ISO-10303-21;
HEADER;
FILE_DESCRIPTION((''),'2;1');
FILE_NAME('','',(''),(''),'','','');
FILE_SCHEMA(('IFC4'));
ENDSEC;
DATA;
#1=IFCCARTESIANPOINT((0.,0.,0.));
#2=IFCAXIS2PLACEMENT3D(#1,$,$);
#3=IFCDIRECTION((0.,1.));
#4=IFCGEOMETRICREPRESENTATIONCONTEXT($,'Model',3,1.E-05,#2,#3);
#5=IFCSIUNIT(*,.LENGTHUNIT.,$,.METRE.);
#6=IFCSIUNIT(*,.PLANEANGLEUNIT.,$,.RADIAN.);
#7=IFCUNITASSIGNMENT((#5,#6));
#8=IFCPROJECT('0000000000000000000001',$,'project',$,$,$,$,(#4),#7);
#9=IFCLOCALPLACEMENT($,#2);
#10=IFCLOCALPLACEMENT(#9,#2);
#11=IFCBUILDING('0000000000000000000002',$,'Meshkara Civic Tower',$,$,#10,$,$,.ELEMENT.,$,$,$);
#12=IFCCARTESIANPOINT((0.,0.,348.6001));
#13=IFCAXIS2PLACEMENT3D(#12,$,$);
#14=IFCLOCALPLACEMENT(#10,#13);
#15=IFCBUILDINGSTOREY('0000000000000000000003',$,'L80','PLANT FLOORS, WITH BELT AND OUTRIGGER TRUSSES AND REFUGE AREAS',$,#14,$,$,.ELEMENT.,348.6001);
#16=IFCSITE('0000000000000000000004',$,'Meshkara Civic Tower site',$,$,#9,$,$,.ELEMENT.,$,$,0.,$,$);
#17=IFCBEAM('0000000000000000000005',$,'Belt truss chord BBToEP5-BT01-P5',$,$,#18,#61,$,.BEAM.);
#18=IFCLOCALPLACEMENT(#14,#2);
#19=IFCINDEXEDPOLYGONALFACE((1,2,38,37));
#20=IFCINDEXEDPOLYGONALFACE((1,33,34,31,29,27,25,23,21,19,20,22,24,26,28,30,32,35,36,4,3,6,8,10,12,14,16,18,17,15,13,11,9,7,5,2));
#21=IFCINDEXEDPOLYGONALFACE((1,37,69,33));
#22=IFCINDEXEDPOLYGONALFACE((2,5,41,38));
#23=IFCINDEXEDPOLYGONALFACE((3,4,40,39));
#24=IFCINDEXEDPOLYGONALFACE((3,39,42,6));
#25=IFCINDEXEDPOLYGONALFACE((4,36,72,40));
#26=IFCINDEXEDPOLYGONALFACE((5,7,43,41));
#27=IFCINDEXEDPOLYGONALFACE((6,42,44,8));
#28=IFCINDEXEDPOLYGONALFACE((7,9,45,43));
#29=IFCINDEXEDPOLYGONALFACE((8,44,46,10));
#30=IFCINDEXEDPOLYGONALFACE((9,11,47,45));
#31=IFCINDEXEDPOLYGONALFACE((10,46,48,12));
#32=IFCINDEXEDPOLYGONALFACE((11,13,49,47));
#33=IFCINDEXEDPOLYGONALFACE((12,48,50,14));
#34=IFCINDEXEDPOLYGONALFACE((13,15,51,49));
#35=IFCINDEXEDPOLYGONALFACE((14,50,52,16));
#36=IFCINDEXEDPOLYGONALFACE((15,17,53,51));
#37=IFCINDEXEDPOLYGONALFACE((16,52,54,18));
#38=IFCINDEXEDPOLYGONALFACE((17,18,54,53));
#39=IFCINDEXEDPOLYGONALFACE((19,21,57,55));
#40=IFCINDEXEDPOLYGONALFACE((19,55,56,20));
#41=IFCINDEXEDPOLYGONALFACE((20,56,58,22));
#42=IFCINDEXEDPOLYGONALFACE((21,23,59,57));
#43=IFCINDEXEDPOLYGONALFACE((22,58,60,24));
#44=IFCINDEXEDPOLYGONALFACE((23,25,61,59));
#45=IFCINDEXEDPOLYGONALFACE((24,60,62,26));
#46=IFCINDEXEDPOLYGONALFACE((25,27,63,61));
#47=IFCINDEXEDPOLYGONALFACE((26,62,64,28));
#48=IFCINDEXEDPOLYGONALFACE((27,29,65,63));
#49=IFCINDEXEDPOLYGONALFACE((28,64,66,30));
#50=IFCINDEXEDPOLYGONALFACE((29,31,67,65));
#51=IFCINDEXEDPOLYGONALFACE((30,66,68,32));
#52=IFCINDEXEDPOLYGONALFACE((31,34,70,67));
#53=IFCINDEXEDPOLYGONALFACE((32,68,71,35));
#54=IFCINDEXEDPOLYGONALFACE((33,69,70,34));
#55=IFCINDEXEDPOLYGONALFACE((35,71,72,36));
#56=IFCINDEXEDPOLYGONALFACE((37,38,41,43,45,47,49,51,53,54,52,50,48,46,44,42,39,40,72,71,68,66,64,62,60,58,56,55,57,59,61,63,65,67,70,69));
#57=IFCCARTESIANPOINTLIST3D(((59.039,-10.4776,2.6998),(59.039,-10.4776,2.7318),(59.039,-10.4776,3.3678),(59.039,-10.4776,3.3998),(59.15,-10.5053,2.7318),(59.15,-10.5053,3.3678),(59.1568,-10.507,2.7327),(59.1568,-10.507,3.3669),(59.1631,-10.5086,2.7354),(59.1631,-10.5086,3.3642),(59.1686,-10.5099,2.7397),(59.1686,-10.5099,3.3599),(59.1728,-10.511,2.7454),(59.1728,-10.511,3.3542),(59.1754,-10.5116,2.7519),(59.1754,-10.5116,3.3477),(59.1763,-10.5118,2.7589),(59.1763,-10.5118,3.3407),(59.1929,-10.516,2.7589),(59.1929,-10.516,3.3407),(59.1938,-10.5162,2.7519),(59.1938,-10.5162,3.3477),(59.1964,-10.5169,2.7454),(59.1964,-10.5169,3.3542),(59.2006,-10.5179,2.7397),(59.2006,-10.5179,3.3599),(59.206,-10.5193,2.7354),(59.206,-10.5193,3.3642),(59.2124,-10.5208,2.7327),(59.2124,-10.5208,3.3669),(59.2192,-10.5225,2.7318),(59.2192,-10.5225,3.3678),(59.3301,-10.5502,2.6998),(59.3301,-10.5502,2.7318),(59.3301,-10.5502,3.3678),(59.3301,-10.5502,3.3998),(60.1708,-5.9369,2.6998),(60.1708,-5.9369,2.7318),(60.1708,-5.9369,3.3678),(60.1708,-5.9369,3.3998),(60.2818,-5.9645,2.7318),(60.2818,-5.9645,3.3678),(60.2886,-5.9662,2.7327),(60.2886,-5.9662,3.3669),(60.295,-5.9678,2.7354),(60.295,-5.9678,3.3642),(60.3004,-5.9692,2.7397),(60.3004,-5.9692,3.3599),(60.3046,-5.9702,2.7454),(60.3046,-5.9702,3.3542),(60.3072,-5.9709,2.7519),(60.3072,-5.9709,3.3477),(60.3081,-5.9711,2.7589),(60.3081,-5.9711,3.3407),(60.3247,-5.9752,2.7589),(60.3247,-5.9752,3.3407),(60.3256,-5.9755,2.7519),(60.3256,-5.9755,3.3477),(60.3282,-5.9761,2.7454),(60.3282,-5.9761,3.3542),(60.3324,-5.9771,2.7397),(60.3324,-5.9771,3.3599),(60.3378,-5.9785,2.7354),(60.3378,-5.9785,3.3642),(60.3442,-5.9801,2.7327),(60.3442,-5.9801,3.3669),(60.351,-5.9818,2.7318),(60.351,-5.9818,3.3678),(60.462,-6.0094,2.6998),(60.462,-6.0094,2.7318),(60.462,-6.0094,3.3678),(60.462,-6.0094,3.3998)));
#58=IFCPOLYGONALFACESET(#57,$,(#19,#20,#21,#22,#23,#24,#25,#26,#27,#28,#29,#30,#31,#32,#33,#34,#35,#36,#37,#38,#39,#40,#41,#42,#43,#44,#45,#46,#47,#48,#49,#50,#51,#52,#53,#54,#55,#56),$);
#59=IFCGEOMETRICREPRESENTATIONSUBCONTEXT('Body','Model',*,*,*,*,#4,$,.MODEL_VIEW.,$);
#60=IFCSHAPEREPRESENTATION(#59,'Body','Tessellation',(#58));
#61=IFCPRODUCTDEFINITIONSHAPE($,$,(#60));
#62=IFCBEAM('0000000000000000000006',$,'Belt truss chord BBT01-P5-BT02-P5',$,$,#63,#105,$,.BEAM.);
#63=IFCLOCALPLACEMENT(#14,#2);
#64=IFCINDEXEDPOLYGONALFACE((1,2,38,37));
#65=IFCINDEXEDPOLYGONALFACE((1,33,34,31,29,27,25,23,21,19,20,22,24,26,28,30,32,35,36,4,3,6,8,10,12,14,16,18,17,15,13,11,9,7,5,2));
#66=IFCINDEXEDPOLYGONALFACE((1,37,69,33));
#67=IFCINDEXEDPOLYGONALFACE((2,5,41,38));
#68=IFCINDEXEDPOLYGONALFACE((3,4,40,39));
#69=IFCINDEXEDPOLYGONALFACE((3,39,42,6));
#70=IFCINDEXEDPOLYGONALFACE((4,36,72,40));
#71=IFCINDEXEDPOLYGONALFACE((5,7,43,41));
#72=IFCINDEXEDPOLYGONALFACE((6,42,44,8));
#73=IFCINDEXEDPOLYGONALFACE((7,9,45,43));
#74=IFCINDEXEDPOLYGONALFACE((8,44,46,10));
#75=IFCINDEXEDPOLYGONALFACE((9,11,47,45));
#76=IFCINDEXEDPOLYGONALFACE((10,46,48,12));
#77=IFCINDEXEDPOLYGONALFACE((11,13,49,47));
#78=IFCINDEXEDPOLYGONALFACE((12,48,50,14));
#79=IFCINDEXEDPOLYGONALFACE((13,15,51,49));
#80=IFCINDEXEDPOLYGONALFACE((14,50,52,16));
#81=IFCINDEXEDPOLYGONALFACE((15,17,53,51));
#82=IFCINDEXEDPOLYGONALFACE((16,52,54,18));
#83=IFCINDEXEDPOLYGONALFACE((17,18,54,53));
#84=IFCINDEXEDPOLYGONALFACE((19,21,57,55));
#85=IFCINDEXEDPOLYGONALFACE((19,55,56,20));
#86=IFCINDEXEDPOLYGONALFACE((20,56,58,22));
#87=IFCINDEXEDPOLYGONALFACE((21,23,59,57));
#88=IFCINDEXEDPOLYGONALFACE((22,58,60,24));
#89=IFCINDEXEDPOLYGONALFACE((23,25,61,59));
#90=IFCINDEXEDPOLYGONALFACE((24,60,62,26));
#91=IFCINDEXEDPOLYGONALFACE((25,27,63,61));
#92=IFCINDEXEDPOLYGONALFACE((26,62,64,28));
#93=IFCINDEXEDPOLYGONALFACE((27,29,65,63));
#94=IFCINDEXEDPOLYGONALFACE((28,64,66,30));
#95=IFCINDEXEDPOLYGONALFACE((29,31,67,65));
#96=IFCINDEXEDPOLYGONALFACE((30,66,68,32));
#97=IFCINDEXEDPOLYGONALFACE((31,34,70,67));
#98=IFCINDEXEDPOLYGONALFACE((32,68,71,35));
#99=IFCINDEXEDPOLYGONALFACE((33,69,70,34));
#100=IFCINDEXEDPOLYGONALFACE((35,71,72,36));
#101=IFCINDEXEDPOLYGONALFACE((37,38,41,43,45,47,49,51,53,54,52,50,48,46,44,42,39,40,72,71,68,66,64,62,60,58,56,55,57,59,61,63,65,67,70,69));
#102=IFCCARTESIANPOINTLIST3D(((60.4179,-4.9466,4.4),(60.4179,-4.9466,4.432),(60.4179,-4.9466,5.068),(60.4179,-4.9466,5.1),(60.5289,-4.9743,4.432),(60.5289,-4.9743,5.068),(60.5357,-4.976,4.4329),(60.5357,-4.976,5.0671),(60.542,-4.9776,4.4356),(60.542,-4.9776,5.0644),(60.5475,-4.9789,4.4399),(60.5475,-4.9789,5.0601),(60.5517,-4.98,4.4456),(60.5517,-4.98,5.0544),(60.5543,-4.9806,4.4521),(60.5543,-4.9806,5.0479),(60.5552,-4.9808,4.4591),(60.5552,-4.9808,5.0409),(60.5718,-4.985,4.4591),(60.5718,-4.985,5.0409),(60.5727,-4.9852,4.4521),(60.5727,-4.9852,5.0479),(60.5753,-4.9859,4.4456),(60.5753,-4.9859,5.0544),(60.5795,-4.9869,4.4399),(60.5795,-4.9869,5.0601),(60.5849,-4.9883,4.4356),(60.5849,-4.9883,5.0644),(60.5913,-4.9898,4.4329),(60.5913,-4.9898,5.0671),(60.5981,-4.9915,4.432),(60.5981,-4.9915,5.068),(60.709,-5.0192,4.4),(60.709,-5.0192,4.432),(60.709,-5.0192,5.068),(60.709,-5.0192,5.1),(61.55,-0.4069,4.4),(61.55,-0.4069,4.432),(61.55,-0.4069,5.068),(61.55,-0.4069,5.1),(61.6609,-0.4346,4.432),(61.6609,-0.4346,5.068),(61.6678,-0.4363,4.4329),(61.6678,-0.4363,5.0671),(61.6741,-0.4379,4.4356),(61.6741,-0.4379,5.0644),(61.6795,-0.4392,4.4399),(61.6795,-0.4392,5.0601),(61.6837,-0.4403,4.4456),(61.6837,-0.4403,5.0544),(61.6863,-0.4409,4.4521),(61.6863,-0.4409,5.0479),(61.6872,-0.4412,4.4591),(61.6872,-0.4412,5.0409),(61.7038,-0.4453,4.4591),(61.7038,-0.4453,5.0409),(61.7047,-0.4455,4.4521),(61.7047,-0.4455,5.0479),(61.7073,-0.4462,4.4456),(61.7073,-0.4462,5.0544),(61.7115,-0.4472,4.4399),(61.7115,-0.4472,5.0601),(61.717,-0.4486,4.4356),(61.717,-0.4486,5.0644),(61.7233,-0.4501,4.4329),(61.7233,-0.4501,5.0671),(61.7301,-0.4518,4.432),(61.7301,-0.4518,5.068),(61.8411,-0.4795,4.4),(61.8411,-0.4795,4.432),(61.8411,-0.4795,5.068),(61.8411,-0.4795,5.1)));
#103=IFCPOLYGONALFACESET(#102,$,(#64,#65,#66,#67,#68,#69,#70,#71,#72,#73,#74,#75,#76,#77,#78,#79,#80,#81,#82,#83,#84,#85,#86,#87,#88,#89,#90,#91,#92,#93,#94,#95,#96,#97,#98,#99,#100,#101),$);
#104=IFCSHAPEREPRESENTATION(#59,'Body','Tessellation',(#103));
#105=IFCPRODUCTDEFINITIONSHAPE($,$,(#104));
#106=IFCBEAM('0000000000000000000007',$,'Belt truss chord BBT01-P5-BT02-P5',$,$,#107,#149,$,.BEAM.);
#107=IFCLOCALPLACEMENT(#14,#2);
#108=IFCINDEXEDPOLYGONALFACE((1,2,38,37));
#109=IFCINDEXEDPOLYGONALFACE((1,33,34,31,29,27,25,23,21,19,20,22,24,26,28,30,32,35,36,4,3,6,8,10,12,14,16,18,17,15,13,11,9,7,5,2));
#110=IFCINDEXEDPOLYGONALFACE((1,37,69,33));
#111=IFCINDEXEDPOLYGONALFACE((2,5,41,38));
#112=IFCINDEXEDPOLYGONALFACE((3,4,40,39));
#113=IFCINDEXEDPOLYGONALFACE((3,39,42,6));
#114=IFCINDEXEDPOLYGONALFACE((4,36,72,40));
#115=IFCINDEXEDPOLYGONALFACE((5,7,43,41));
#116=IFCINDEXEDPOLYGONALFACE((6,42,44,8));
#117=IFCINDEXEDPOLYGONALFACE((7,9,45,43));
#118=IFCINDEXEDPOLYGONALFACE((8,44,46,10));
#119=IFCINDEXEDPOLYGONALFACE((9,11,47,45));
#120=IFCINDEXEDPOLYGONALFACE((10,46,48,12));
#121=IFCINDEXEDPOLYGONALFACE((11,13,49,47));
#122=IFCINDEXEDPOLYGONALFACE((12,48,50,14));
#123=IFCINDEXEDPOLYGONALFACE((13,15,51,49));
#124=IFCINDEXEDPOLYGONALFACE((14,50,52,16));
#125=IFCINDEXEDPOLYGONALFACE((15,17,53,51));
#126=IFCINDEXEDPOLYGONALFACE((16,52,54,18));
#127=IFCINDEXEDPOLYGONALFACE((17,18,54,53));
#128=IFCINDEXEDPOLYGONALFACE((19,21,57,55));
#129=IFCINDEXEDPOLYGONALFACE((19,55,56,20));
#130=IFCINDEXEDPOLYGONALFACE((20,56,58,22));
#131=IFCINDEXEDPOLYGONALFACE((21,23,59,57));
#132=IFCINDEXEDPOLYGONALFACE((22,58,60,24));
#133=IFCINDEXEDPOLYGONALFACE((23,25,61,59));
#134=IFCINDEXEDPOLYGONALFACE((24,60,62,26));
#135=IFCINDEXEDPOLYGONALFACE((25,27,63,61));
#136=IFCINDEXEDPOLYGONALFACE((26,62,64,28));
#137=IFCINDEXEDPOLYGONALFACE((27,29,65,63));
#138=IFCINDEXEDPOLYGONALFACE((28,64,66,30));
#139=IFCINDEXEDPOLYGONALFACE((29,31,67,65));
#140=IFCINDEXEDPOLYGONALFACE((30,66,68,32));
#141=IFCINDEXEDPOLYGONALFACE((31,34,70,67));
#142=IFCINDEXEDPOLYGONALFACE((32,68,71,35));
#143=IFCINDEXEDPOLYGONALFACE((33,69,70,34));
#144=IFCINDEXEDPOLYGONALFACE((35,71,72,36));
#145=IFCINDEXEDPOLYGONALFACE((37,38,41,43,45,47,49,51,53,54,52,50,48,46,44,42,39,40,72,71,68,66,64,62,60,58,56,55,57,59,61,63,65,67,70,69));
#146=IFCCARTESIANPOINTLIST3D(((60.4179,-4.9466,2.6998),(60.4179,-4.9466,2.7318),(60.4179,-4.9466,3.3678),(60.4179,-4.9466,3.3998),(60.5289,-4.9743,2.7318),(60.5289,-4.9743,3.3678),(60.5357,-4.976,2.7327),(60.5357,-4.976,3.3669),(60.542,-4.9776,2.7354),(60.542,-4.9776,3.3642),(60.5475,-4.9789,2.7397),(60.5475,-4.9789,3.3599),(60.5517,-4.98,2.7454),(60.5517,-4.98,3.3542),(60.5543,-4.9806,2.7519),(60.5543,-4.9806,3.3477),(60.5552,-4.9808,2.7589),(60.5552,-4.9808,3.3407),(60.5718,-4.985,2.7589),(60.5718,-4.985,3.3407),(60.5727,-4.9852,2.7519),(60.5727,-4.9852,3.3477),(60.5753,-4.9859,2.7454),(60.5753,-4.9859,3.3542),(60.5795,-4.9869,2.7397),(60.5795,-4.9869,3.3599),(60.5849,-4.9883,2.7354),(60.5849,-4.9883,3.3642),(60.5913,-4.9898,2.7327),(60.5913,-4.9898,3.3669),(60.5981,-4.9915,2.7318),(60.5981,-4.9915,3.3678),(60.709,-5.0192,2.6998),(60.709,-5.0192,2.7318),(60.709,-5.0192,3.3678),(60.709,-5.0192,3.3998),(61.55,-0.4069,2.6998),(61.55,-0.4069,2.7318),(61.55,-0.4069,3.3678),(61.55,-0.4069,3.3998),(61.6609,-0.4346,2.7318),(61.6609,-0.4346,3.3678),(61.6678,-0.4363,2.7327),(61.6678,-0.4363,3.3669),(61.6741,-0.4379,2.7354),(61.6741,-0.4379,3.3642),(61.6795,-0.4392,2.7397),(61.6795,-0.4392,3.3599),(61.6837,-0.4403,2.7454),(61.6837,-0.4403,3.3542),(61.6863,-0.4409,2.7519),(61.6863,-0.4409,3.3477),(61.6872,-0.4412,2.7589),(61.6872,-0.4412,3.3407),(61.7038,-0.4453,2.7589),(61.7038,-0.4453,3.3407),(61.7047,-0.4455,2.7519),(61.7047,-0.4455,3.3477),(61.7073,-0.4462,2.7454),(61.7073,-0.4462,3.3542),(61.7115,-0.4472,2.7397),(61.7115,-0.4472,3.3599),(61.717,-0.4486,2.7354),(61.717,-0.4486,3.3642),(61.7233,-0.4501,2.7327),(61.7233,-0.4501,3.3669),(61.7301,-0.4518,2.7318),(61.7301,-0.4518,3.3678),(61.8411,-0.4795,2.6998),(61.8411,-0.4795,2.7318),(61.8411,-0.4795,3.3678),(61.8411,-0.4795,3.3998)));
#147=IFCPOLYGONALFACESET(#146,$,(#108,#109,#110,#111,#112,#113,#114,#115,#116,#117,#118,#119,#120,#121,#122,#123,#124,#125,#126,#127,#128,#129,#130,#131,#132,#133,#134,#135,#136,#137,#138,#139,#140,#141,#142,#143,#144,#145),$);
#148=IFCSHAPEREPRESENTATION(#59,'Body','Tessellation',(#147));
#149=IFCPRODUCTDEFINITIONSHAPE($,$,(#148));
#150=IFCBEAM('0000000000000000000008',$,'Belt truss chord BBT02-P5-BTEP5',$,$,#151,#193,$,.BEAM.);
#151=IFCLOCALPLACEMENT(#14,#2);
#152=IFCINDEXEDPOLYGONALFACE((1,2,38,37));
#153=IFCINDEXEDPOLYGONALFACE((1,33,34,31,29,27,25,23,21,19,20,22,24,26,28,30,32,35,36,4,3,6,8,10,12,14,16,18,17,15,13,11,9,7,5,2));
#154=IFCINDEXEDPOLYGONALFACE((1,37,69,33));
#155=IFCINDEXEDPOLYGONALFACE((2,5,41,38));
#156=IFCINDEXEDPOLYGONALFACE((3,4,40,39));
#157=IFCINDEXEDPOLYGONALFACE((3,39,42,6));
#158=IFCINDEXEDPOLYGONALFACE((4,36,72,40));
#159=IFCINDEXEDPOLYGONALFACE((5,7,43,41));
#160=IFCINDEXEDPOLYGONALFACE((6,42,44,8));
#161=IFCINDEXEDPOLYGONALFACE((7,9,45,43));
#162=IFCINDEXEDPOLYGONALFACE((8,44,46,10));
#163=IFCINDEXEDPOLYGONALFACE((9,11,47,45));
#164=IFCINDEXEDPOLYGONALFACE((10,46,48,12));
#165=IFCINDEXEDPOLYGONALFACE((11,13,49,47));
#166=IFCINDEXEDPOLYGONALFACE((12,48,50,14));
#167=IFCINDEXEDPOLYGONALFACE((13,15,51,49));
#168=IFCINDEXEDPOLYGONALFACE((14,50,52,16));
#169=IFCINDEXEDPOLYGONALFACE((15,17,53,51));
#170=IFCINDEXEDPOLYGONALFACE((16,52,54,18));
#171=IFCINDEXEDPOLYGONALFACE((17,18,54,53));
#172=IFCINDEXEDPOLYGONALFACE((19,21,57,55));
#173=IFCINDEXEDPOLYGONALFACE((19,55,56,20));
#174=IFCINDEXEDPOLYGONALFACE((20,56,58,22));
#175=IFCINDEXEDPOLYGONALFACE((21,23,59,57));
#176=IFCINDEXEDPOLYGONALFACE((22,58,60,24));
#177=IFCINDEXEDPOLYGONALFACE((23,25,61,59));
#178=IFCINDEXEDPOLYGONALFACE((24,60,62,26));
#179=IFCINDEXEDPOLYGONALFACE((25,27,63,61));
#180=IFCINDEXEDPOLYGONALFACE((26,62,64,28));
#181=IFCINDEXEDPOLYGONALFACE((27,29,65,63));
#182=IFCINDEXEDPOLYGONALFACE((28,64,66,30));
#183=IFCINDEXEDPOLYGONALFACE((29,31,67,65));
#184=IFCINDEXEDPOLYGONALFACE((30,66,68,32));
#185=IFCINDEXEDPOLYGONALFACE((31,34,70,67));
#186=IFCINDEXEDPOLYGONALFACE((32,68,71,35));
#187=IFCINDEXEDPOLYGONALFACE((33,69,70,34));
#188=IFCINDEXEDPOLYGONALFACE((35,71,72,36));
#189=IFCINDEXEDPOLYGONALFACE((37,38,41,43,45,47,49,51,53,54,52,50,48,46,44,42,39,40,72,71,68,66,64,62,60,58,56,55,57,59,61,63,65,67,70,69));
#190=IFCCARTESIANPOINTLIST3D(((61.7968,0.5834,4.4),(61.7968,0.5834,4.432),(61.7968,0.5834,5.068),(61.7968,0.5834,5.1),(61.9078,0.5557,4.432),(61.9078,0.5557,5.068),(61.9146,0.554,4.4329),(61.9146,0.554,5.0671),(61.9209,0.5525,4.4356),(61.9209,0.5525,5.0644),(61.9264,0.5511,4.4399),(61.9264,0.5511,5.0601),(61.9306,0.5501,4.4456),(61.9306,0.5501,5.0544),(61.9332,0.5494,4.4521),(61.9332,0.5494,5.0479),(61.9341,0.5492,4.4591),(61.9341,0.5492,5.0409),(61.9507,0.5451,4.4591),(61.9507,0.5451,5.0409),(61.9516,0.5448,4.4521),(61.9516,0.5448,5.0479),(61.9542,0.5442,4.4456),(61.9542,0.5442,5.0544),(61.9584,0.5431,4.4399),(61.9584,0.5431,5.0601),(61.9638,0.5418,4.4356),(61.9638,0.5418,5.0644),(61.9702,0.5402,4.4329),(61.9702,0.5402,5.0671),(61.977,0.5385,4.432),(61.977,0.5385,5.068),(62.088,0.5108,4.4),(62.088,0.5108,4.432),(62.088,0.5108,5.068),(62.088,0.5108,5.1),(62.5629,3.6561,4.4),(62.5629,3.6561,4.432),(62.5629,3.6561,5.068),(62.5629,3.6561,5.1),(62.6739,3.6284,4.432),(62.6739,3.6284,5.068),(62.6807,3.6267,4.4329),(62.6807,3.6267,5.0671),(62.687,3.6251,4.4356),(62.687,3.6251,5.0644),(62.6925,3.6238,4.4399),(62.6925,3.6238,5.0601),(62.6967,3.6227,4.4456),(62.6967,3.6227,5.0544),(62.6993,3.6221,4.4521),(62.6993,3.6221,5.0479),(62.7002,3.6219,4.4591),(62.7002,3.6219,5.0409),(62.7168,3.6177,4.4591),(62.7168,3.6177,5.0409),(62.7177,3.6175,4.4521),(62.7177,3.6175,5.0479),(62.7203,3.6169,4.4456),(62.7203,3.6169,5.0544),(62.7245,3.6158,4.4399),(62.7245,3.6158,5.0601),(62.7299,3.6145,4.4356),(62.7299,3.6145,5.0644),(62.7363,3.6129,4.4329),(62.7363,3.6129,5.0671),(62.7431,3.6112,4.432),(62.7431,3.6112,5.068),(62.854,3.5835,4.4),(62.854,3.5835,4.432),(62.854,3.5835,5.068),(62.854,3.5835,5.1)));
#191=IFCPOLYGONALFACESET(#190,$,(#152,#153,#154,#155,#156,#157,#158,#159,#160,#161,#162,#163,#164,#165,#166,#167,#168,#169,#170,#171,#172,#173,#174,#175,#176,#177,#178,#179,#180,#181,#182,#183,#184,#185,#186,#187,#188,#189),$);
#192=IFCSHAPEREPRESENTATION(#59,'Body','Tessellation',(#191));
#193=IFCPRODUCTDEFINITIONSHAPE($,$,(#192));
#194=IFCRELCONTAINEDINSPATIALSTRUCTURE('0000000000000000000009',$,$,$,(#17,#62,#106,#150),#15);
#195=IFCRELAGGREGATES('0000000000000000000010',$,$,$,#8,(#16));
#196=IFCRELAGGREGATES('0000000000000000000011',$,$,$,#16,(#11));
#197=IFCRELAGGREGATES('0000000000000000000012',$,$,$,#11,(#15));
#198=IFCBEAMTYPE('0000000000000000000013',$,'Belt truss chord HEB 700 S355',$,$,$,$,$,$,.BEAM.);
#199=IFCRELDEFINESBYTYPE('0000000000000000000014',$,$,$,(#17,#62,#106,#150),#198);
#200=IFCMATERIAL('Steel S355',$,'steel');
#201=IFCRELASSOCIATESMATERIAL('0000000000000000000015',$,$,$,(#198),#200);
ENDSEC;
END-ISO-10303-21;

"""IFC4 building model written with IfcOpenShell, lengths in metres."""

from ifc_helpers import new_model, si_unit, direction, frame, origin, origin_2d, place, context, subcontext, project, spatial, i_section, extrude, material, material_profile, profile_set, type_object, element, save


model = new_model("IFC4")

# Units and contexts
model_context = context("Model", 3, precision=1e-05, world=origin(), true_north=direction((0.0, 1.0)))
body_context = subcontext(model_context, "Body", "Model", "MODEL_VIEW")
ifc_project = project(units=[si_unit("LENGTHUNIT", "METRE"), si_unit("PLANEANGLEUNIT", "RADIAN")], contexts=[model_context])

# Site, building, storey
site_placement = place(None, origin())
site = spatial("IfcSite", under=ifc_project, at=site_placement, Name="Meshkara Civic Tower site", CompositionType="ELEMENT", RefElevation=0.0)
building_placement = place(site_placement, origin())
building = spatial("IfcBuilding", under=site, at=building_placement, Name="Meshkara Civic Tower", CompositionType="ELEMENT")
storey_placement = place(building_placement, frame((0.0, 0.0, 348.6001)))
storey = spatial("IfcBuildingStorey", under=building, at=storey_placement, Name="L80", Description="PLANT FLOORS, WITH BELT AND OUTRIGGER TRUSSES AND REFUGE AREAS", CompositionType="ELEMENT", Elevation=348.6001)

# Beams
ifc_material_1 = material(Name="Steel S355", Category="steel")
ifc_material_profile_1 = material_profile(ifc_material_1, i_section(OverallWidth=0.3, OverallDepth=0.7, WebThickness=0.0171, FlangeThickness=0.032, FilletRadius=0.0271, at=origin_2d()))
ifc_profile_set_1 = profile_set([ifc_material_profile_1], Name="Steel S355")
beam_type = type_object("IfcBeamType", Name="Belt truss chord HEB 700 S355", PredefinedType="BEAM", material=ifc_profile_set_1)
for number, where, z_axis, x_axis, name in (
    (1, (59.1846, -10.5139, 3.0498), (0.24186, 0.970311, 0.0), (-0.970311, 0.24186, 0.0), "Belt truss chord BBToEP5-BT01-P5"),
):
    element("IfcBeam", number, at=place(storey_placement, frame(where, z_axis=z_axis, x_axis=x_axis)), inside=storey, type_object=beam_type, Name=name, PredefinedType="BEAM", context=body_context, shape_type="SweptSolid", body=[
        extrude(i_section(OverallWidth=0.3, OverallDepth=0.7, WebThickness=0.0171, FlangeThickness=0.032, FilletRadius=0.0271, at=origin_2d()), origin(), (0.0, 0.0, 1.0), 4.6797),
    ])
for number, where, z_axis, x_axis, name in (
    (2, (60.5635, -4.9829, 4.75), (0.241959, 0.970287, 0.0), (-0.970287, 0.241959, 0.0), "Belt truss chord BBT01-P5-BT02-P5"),
    (3, (60.5635, -4.9829, 3.0498), (0.241959, 0.970287, 0.0), (-0.970287, 0.241959, 0.0), "Belt truss chord BBT01-P5-BT02-P5"),
):
    element("IfcBeam", number, at=place(storey_placement, frame(where, z_axis=z_axis, x_axis=x_axis)), inside=storey, type_object=beam_type, Name=name, PredefinedType="BEAM", context=body_context, shape_type="SweptSolid", body=[
        extrude(i_section(OverallWidth=0.3, OverallDepth=0.7, WebThickness=0.0171, FlangeThickness=0.032, FilletRadius=0.0271, at=origin_2d()), origin(), (0.0, 0.0, 1.0), 4.6787),
    ])
for number, where, z_axis, x_axis, name in (
    (4, (61.9424, 0.5471, 4.75), (0.241919, 0.970296, 0.0), (-0.970296, 0.241919, 0.0), "Belt truss chord BBT02-P5-BTEP5"),
):
    element("IfcBeam", number, at=place(storey_placement, frame(where, z_axis=z_axis, x_axis=x_axis)), inside=storey, type_object=beam_type, Name=name, PredefinedType="BEAM", context=body_context, shape_type="SweptSolid", body=[
        extrude(i_section(OverallWidth=0.3, OverallDepth=0.7, WebThickness=0.0171, FlangeThickness=0.032, FilletRadius=0.0271, at=origin_2d()), origin(), (0.0, 0.0, 1.0), 3.1667),
    ])

save(model, "model.ifc")
